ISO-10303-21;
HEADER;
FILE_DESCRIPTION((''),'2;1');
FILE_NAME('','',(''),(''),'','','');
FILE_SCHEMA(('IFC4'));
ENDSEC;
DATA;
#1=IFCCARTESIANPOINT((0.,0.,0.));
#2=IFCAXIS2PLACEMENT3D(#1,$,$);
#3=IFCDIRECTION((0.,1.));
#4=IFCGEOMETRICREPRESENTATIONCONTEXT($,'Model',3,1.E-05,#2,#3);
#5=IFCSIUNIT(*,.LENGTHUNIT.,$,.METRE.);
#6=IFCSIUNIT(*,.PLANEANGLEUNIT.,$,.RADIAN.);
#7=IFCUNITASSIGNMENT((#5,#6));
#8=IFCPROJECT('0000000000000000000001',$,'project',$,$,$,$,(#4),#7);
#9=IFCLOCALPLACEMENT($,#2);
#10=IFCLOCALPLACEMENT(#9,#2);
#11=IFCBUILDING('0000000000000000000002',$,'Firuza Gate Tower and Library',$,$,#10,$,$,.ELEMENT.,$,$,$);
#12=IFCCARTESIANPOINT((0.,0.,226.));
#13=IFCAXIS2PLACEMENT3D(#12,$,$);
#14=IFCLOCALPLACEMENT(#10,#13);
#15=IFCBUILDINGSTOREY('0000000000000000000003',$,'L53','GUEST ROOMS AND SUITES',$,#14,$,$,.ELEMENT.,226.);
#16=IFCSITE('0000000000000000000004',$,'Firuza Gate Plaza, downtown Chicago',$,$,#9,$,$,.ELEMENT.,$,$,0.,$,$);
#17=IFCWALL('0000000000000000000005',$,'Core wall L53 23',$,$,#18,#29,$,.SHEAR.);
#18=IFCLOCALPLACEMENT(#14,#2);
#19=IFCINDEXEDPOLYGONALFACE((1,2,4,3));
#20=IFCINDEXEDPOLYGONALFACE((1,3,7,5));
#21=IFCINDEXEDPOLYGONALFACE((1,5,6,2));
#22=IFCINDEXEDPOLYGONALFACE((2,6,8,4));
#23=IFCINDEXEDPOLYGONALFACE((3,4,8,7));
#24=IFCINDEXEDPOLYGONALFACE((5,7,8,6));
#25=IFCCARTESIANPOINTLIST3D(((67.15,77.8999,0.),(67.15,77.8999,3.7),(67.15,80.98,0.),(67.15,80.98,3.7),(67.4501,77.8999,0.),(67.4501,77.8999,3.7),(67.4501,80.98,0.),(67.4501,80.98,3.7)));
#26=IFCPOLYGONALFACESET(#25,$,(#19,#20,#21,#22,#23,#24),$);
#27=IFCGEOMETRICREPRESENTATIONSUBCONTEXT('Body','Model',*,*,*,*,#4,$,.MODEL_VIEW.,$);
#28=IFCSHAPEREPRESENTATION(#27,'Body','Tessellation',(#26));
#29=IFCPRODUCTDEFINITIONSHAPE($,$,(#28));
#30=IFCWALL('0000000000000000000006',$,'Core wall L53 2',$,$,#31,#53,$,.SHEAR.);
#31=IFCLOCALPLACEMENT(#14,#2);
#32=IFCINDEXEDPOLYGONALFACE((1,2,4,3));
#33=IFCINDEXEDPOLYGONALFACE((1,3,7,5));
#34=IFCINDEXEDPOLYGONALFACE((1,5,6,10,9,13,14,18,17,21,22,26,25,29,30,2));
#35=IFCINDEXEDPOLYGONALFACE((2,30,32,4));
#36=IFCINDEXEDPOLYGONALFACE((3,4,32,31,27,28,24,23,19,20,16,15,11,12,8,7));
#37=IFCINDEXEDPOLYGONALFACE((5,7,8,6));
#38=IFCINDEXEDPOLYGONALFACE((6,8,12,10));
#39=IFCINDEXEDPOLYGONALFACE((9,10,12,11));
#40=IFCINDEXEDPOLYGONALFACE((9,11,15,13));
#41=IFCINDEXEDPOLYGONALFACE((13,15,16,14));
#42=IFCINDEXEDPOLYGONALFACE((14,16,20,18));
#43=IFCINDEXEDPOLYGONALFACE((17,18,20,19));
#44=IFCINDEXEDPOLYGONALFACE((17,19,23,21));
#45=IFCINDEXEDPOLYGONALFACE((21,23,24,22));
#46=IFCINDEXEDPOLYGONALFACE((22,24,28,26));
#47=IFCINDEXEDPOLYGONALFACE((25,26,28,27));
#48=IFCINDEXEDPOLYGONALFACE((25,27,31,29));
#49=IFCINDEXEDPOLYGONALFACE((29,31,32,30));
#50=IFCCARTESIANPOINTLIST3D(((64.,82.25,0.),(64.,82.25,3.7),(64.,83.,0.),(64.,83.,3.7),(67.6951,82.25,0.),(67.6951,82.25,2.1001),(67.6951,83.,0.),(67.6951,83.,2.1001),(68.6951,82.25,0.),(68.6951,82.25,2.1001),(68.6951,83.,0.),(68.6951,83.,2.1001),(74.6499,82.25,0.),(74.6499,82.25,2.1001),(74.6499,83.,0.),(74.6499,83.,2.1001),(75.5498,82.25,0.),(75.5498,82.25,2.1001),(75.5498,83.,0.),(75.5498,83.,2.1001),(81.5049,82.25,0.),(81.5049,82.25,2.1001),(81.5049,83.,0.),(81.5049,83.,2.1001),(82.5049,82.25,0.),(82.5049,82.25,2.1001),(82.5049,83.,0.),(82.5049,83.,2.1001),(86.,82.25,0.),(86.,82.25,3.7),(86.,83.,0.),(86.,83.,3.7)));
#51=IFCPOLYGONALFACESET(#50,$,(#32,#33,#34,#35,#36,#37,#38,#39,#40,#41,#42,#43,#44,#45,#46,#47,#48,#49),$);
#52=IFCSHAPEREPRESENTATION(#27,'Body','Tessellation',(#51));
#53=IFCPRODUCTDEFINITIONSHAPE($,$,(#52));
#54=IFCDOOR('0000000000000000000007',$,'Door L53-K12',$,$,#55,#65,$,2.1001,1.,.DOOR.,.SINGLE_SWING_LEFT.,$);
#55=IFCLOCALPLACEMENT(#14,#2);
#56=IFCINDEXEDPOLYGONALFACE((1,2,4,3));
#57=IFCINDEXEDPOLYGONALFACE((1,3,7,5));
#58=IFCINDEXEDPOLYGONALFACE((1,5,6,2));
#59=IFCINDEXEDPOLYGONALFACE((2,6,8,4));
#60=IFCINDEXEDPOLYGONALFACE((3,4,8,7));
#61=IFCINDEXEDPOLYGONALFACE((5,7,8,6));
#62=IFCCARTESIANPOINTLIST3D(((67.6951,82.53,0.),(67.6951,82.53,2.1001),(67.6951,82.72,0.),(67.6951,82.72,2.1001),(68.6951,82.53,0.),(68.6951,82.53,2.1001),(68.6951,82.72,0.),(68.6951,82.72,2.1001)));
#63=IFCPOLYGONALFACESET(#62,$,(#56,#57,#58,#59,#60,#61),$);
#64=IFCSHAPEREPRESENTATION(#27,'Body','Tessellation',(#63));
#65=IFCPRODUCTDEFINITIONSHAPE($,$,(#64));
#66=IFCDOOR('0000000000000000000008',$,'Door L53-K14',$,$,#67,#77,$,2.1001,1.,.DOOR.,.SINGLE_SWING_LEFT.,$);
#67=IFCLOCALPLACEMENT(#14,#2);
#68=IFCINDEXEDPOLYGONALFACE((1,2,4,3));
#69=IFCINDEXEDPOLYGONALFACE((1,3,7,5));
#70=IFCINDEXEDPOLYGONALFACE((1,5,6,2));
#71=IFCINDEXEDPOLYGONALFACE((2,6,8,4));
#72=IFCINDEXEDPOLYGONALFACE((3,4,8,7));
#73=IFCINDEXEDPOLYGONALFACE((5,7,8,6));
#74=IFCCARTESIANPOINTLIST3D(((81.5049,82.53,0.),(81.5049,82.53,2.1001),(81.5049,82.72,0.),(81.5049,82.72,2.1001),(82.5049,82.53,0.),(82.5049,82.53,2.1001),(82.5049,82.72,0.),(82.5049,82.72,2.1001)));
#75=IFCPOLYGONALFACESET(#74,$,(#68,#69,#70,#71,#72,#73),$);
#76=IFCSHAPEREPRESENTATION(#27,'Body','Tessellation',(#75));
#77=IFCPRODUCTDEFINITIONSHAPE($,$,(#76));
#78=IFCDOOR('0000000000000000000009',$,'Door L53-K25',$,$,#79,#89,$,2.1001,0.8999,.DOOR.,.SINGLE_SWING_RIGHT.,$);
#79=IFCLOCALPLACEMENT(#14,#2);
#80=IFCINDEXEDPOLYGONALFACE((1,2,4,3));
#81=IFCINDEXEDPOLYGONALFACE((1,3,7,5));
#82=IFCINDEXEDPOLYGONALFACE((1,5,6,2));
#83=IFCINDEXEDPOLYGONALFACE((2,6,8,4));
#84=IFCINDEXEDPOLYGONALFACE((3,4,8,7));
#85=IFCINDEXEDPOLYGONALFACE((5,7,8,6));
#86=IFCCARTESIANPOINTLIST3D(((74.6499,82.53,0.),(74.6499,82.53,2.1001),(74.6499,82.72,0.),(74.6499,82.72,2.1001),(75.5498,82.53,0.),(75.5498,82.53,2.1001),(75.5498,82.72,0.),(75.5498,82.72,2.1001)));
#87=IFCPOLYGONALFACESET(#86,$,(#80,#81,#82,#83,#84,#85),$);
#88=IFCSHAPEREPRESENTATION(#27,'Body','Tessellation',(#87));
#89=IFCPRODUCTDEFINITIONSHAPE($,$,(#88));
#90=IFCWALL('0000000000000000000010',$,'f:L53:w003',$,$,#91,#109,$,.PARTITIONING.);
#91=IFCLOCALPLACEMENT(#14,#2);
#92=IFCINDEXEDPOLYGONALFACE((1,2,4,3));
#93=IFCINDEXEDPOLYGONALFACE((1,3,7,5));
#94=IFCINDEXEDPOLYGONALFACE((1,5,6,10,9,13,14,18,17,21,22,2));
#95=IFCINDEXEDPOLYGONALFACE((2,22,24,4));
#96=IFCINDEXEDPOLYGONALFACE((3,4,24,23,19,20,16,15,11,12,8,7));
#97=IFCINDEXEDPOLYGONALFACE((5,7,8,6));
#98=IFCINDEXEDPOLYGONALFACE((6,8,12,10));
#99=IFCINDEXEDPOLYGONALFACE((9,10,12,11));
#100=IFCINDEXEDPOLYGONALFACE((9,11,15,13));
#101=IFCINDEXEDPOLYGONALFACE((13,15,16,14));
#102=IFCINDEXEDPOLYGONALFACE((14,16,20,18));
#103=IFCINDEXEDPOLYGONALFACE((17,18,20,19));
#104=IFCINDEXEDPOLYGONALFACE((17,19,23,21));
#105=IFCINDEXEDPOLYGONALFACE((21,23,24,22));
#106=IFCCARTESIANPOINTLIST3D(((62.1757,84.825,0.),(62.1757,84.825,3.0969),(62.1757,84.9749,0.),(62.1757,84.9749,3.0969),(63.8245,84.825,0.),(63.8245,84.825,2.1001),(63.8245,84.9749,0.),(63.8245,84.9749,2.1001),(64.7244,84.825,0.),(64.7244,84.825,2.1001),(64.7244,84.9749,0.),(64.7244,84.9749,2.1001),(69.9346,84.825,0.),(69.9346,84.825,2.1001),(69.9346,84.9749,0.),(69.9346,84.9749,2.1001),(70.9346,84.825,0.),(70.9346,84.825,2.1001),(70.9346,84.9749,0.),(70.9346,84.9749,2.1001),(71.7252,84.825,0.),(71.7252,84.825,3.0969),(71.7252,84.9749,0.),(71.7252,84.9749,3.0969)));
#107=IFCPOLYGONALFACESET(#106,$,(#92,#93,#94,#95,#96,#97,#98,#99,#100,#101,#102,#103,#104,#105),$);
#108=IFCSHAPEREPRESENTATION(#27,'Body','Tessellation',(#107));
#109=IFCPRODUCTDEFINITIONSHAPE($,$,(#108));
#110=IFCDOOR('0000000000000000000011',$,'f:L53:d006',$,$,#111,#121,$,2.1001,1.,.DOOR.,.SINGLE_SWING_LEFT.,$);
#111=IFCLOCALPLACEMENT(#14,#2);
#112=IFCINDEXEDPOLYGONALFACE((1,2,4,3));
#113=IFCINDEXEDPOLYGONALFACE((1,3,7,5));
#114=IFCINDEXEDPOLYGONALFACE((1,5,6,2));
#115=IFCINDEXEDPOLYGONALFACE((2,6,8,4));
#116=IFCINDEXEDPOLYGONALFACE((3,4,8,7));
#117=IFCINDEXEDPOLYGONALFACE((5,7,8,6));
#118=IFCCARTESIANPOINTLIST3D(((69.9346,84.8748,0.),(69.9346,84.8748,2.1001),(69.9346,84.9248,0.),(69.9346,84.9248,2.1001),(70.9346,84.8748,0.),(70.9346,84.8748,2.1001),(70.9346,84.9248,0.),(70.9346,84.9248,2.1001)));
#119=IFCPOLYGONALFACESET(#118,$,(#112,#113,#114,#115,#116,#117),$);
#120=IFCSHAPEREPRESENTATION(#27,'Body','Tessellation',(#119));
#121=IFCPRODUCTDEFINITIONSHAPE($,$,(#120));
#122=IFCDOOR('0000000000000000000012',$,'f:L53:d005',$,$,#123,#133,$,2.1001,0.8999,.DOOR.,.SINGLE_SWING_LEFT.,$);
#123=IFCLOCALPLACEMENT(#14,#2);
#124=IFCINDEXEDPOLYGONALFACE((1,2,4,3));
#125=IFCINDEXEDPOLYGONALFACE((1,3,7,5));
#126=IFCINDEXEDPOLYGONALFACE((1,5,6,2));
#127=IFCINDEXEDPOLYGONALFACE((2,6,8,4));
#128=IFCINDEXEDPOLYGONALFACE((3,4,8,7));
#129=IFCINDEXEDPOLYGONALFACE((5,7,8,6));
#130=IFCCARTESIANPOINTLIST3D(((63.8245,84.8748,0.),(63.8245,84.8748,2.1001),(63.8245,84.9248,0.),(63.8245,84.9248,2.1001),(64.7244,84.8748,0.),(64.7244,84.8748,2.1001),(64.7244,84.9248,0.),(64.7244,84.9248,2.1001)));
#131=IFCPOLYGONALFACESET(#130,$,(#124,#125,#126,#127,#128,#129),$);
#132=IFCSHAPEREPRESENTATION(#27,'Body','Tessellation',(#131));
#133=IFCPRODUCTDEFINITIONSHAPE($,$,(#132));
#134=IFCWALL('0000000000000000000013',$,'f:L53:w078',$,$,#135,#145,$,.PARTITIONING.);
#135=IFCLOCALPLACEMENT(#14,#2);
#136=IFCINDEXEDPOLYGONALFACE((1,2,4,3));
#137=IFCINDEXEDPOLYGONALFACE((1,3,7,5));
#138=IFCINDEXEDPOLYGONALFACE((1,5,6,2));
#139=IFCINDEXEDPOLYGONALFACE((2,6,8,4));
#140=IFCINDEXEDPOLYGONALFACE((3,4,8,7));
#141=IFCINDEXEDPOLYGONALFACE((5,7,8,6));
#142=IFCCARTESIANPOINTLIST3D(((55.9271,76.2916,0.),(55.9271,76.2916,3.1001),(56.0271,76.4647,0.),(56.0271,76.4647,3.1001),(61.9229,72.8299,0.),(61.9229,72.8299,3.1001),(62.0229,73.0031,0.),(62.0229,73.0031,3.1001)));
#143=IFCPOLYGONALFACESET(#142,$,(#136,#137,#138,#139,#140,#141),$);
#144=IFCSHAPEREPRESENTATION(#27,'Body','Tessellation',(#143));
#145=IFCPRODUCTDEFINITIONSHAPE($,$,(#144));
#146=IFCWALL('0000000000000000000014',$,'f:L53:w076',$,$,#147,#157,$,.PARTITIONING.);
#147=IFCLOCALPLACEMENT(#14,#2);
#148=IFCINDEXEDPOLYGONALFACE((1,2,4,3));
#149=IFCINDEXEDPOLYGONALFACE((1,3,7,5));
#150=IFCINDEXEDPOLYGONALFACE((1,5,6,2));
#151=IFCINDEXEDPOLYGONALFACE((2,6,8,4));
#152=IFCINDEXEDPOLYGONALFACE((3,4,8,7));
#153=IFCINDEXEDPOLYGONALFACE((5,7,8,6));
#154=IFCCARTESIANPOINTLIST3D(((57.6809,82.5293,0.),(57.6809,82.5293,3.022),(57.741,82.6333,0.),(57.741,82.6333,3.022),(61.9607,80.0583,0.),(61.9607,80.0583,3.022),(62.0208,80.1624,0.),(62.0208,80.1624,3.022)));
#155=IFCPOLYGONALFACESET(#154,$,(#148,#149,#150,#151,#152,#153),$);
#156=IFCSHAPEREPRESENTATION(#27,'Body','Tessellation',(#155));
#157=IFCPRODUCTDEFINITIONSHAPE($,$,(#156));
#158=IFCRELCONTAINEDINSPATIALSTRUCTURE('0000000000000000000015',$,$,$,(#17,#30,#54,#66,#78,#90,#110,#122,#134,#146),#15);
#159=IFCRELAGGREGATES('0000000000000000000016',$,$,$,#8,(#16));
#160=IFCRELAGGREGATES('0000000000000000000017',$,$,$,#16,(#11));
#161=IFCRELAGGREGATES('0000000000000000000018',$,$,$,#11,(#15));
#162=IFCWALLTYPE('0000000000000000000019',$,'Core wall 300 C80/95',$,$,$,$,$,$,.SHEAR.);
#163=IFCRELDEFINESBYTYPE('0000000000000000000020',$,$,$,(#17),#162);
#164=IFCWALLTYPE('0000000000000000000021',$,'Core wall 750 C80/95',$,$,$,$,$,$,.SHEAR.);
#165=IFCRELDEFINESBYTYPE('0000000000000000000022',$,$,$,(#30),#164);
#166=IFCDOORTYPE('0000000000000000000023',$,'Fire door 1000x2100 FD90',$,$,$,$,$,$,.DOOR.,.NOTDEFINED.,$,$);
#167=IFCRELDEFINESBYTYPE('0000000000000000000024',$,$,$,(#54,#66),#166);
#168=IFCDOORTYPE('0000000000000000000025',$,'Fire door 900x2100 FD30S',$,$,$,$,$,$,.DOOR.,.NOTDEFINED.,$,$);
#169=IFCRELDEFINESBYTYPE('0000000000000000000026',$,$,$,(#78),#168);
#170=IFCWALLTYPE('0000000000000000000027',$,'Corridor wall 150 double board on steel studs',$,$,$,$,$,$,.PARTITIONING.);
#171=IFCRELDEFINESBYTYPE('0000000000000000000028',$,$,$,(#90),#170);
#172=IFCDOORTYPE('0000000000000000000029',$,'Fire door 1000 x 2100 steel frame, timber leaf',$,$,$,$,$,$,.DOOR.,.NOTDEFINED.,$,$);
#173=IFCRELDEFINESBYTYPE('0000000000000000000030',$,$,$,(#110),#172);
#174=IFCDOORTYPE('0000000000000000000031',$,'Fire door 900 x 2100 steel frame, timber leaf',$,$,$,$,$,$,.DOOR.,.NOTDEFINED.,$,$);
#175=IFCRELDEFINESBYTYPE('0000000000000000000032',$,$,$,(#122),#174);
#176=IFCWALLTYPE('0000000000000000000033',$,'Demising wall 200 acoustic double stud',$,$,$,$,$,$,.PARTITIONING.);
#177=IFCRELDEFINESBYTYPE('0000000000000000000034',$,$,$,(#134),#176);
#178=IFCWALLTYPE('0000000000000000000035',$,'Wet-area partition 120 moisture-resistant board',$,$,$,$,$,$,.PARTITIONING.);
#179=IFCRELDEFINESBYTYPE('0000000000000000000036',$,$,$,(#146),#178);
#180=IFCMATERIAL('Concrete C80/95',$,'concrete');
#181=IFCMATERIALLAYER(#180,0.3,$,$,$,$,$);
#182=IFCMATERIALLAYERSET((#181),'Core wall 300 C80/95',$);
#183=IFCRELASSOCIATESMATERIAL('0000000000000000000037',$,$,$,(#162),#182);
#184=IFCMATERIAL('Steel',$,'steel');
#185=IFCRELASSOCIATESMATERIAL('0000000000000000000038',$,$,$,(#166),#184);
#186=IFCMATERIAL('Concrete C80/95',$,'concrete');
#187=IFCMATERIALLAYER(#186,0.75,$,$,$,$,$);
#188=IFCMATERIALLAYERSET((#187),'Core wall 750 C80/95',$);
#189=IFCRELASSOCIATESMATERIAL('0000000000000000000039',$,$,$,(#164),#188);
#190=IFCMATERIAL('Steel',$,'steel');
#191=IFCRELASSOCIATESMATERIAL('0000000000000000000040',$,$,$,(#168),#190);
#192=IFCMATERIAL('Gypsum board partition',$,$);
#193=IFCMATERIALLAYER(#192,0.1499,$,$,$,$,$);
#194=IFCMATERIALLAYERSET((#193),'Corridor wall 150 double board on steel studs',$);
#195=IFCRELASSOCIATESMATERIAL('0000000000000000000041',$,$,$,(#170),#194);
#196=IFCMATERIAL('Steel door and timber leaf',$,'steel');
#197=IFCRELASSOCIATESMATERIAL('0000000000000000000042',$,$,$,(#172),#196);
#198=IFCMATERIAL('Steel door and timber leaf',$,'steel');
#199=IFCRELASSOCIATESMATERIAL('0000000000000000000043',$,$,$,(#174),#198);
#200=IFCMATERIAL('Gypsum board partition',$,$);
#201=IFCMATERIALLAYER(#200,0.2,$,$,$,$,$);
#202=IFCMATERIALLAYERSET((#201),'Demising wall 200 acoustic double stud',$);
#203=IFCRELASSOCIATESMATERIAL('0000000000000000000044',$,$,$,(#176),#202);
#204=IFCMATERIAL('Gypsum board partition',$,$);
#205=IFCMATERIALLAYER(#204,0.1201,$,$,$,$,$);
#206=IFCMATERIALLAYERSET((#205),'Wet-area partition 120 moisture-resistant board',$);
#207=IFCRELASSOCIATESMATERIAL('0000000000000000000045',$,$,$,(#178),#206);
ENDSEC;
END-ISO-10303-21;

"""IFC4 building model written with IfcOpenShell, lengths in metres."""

from ifc_helpers import new_model, si_unit, direction, frame, frame_2d, origin, place, context, subcontext, project, spatial, rectangle, extrude, material, layer, layer_set, type_object, element, fill, save


model = new_model("IFC4")

# Units and contexts
model_context = context("Model", 3, precision=1e-05, world=origin(), true_north=direction((0.0, 1.0)))
body_context = subcontext(model_context, "Body", "Model", "MODEL_VIEW")
ifc_project = project(units=[si_unit("LENGTHUNIT", "METRE"), si_unit("PLANEANGLEUNIT", "RADIAN")], contexts=[model_context])

# Site, building, storey
site_placement = place(None, origin())
site = spatial("IfcSite", under=ifc_project, at=site_placement, Name="Firuza Gate Plaza, downtown Chicago", CompositionType="ELEMENT", RefElevation=0.0)
building_placement = place(site_placement, origin())
building = spatial("IfcBuilding", under=site, at=building_placement, Name="Firuza Gate Tower and Library", CompositionType="ELEMENT")
storey_placement = place(building_placement, frame((0.0, 0.0, 226.0)))
storey = spatial("IfcBuildingStorey", under=building, at=storey_placement, Name="L53", Description="GUEST ROOMS AND SUITES", CompositionType="ELEMENT", Elevation=226.0)

# Shared definitions
ifc_material_1 = material(Name="Concrete C80/95", Category="concrete")
ifc_layer_1 = layer(ifc_material_1, 0.3)
ifc_layer_set_1 = layer_set([ifc_layer_1], Name="Core wall 300 C80/95")
wall_type_1 = type_object("IfcWallType", Name="Core wall 300 C80/95", PredefinedType="SHEAR", material=ifc_layer_set_1)
ifc_material_2 = material(Name="Steel", Category="steel")
door_type_1 = type_object("IfcDoorType", Name="Fire door 1000x2100 FD90", OperationType="NOTDEFINED", PredefinedType="DOOR", material=ifc_material_2)

# Wall
wall_1_placement = place(storey_placement, frame((67.3, 77.8999, 0.0), z_axis=(0.0, 0.0, 1.0), x_axis=(0.0, 1.0, 0.0)))
element("IfcWall", 1, at=wall_1_placement, inside=storey, type_object=wall_type_1, Name="Core wall L53 23", PredefinedType="SHEAR", context=body_context, shape_type="SweptSolid", body=[
    extrude(rectangle(XDim=3.0801, YDim=0.3, at=frame_2d((1.54, 0.0))), origin(), (0.0, 0.0, 1.0), 3.7),
])

# Walls, openings, doors
ifc_material_3 = material(Name="Concrete C80/95", Category="concrete")
ifc_layer_2 = layer(ifc_material_3, 0.75)
ifc_layer_set_2 = layer_set([ifc_layer_2], Name="Core wall 750 C80/95")
wall_type_2 = type_object("IfcWallType", Name="Core wall 750 C80/95", PredefinedType="SHEAR", material=ifc_layer_set_2)
wall_2_placement = place(storey_placement, frame((64.0, 82.625, 0.0), z_axis=(0.0, 0.0, 1.0), x_axis=(1.0, 0.0, 0.0)))
wall_2 = element("IfcWall", 2, at=wall_2_placement, inside=storey, type_object=wall_type_2, Name="Core wall L53 2", PredefinedType="SHEAR", context=body_context, shape_type="SweptSolid", body=[
    extrude(rectangle(XDim=22.0, YDim=0.75, at=frame_2d((11.0, 0.0))), origin(), (0.0, 0.0, 1.0), 3.7),
])
opening_1_placement = place(wall_2_placement, frame((3.6951, 0.0, 0.0)))
opening_1 = element("IfcOpeningElement", 3, at=opening_1_placement, cuts=wall_2, PredefinedType="OPENING", context=body_context, shape_type="SweptSolid", body=[
    extrude(rectangle(XDim=1.0, YDim=2.1001, at=frame_2d((0.5, 1.05))), frame((0.0, 0.385, 0.0), z_axis=(0.0, -1.0, 0.0), x_axis=(1.0, 0.0, 0.0)), (0.0, 0.0, 1.0), 0.77),
])
opening_2_placement = place(wall_2_placement, frame((17.5049, 0.0, 0.0)))
opening_2 = element("IfcOpeningElement", 4, at=opening_2_placement, cuts=wall_2, PredefinedType="OPENING", context=body_context, shape_type="SweptSolid", body=[
    extrude(rectangle(XDim=1.0, YDim=2.1001, at=frame_2d((0.5, 1.05))), frame((0.0, 0.385, 0.0), z_axis=(0.0, -1.0, 0.0), x_axis=(1.0, 0.0, 0.0)), (0.0, 0.0, 1.0), 0.77),
])
opening_3_placement = place(wall_2_placement, frame((10.6499, 0.0, 0.0)))
opening_3 = element("IfcOpeningElement", 5, at=opening_3_placement, cuts=wall_2, PredefinedType="OPENING", context=body_context, shape_type="SweptSolid", body=[
    extrude(rectangle(XDim=0.8999, YDim=2.1001, at=frame_2d((0.45, 1.05))), frame((0.0, 0.385, 0.0), z_axis=(0.0, -1.0, 0.0), x_axis=(1.0, 0.0, 0.0)), (0.0, 0.0, 1.0), 0.77),
])
door_1_placement = place(opening_1_placement, origin())
door_1 = element("IfcDoor", 6, at=door_1_placement, inside=storey, type_object=door_type_1, Name="Door L53-K12", OperationType="SINGLE_SWING_LEFT", OverallHeight=2.1001, OverallWidth=1.0, PredefinedType="DOOR", context=body_context, shape_type="SweptSolid", body=[
    extrude(rectangle(XDim=1.0, YDim=2.1001, at=frame_2d((0.5, 1.05))), frame((0.0, 0.095, 0.0), z_axis=(0.0, -1.0, 0.0), x_axis=(1.0, 0.0, 0.0)), (0.0, 0.0, 1.0), 0.1899),
])
fill(opening_1, door_1)
door_2_placement = place(opening_2_placement, origin())
door_2 = element("IfcDoor", 7, at=door_2_placement, inside=storey, type_object=door_type_1, Name="Door L53-K14", OperationType="SINGLE_SWING_LEFT", OverallHeight=2.1001, OverallWidth=1.0, PredefinedType="DOOR", context=body_context, shape_type="SweptSolid", body=[
    extrude(rectangle(XDim=1.0, YDim=2.1001, at=frame_2d((0.5, 1.05))), frame((0.0, 0.095, 0.0), z_axis=(0.0, -1.0, 0.0), x_axis=(1.0, 0.0, 0.0)), (0.0, 0.0, 1.0), 0.1899),
])
fill(opening_2, door_2)
ifc_material_4 = material(Name="Steel", Category="steel")
door_type_2 = type_object("IfcDoorType", Name="Fire door 900x2100 FD30S", OperationType="NOTDEFINED", PredefinedType="DOOR", material=ifc_material_4)
door_3_placement = place(opening_3_placement, origin())
door_3 = element("IfcDoor", 8, at=door_3_placement, inside=storey, type_object=door_type_2, Name="Door L53-K25", OperationType="SINGLE_SWING_RIGHT", OverallHeight=2.1001, OverallWidth=0.8999, PredefinedType="DOOR", context=body_context, shape_type="SweptSolid", body=[
    extrude(rectangle(XDim=0.8999, YDim=2.1001, at=frame_2d((0.45, 1.05))), frame((0.0, 0.095, 0.0), z_axis=(0.0, -1.0, 0.0), x_axis=(1.0, 0.0, 0.0)), (0.0, 0.0, 1.0), 0.1899),
])
fill(opening_3, door_3)
ifc_material_5 = material(Name="Gypsum board partition")
ifc_layer_3 = layer(ifc_material_5, 0.1499)
ifc_layer_set_3 = layer_set([ifc_layer_3], Name="Corridor wall 150 double board on steel studs")
wall_type_3 = type_object("IfcWallType", Name="Corridor wall 150 double board on steel studs", PredefinedType="PARTITIONING", material=ifc_layer_set_3)
wall_3_placement = place(storey_placement, frame((62.1755, 84.8999, 0.0), z_axis=(0.0, 0.0, 1.0), x_axis=(1.0, 0.0, 0.0)))
wall_3 = element("IfcWall", 9, at=wall_3_placement, inside=storey, type_object=wall_type_3, Name="f:L53:w003", PredefinedType="PARTITIONING", context=body_context, shape_type="SweptSolid", body=[
    extrude(rectangle(XDim=9.5496, YDim=0.1499, at=frame_2d((4.7749, 0.0))), origin(), (0.0, 0.0, 1.0), 3.0969),
])
opening_4_placement = place(wall_3_placement, frame((1.6489, 0.0, 0.0)))
opening_4 = element("IfcOpeningElement", 10, at=opening_4_placement, cuts=wall_3, PredefinedType="OPENING", context=body_context, shape_type="SweptSolid", body=[
    extrude(rectangle(XDim=0.8999, YDim=2.1001, at=frame_2d((0.45, 1.05))), frame((0.0, 0.085, 0.0), z_axis=(0.0, -1.0, 0.0), x_axis=(1.0, 0.0, 0.0)), (0.0, 0.0, 1.0), 0.1699),
])
opening_5_placement = place(wall_3_placement, frame((7.759, 0.0, 0.0)))
opening_5 = element("IfcOpeningElement", 11, at=opening_5_placement, cuts=wall_3, PredefinedType="OPENING", context=body_context, shape_type="SweptSolid", body=[
    extrude(rectangle(XDim=1.0, YDim=2.1001, at=frame_2d((0.5, 1.05))), frame((0.0, 0.085, 0.0), z_axis=(0.0, -1.0, 0.0), x_axis=(1.0, 0.0, 0.0)), (0.0, 0.0, 1.0), 0.1699),
])
ifc_material_6 = material(Name="Steel door and timber leaf", Category="steel")
door_type_3 = type_object("IfcDoorType", Name="Fire door 1000 x 2100 steel frame, timber leaf", OperationType="NOTDEFINED", PredefinedType="DOOR", material=ifc_material_6)
door_4_placement = place(opening_5_placement, origin())
door_4 = element("IfcDoor", 12, at=door_4_placement, inside=storey, type_object=door_type_3, Name="f:L53:d006", OperationType="SINGLE_SWING_LEFT", OverallHeight=2.1001, OverallWidth=1.0, PredefinedType="DOOR", context=body_context, shape_type="SweptSolid", body=[
    extrude(rectangle(XDim=1.0, YDim=2.1001, at=frame_2d((0.5, 1.05))), frame((0.0, 0.0249, 0.0), z_axis=(0.0, -1.0, 0.0), x_axis=(1.0, 0.0, 0.0)), (0.0, 0.0, 1.0), 0.05),
])
fill(opening_5, door_4)
ifc_material_7 = material(Name="Steel door and timber leaf", Category="steel")
door_type_4 = type_object("IfcDoorType", Name="Fire door 900 x 2100 steel frame, timber leaf", OperationType="NOTDEFINED", PredefinedType="DOOR", material=ifc_material_7)
door_5_placement = place(opening_4_placement, origin())
door_5 = element("IfcDoor", 13, at=door_5_placement, inside=storey, type_object=door_type_4, Name="f:L53:d005", OperationType="SINGLE_SWING_LEFT", OverallHeight=2.1001, OverallWidth=0.8999, PredefinedType="DOOR", context=body_context, shape_type="SweptSolid", body=[
    extrude(rectangle(XDim=0.8999, YDim=2.1001, at=frame_2d((0.45, 1.05))), frame((0.0, 0.0249, 0.0), z_axis=(0.0, -1.0, 0.0), x_axis=(1.0, 0.0, 0.0)), (0.0, 0.0, 1.0), 0.05),
])
fill(opening_4, door_5)

# Walls
ifc_material_8 = material(Name="Gypsum board partition")
ifc_layer_4 = layer(ifc_material_8, 0.2)
ifc_layer_set_4 = layer_set([ifc_layer_4], Name="Demising wall 200 acoustic double stud")
wall_type_4 = type_object("IfcWallType", Name="Demising wall 200 acoustic double stud", PredefinedType="PARTITIONING", material=ifc_layer_set_4)
wall_4_placement = place(storey_placement, frame((61.9729, 72.9165, 0.0), z_axis=(0.0, 0.0, 1.0), x_axis=(-0.866028, 0.499996, 0.0)))
element("IfcWall", 14, at=wall_4_placement, inside=storey, type_object=wall_type_4, Name="f:L53:w078", PredefinedType="PARTITIONING", context=body_context, shape_type="SweptSolid", body=[
    extrude(rectangle(XDim=6.9233, YDim=0.2, at=frame_2d((3.4617, 0.0))), origin(), (0.0, 0.0, 1.0), 3.1001),
])
ifc_material_9 = material(Name="Gypsum board partition")
ifc_layer_5 = layer(ifc_material_9, 0.1201)
ifc_layer_set_5 = layer_set([ifc_layer_5], Name="Wet-area partition 120 moisture-resistant board")
wall_type_5 = type_object("IfcWallType", Name="Wet-area partition 120 moisture-resistant board", PredefinedType="PARTITIONING", material=ifc_layer_set_5)
wall_5_placement = place(storey_placement, frame((61.9907, 80.1104, 0.0), z_axis=(0.0, 0.0, 1.0), x_axis=(-0.866024, 0.500002, 0.0)))
element("IfcWall", 15, at=wall_5_placement, inside=storey, type_object=wall_type_5, Name="f:L53:w076", PredefinedType="PARTITIONING", context=body_context, shape_type="SweptSolid", body=[
    extrude(rectangle(XDim=4.9419, YDim=0.1201, at=frame_2d((2.4709, 0.0))), origin(), (0.0, 0.0, 1.0), 3.022),
])

save(model, "model.ifc")
